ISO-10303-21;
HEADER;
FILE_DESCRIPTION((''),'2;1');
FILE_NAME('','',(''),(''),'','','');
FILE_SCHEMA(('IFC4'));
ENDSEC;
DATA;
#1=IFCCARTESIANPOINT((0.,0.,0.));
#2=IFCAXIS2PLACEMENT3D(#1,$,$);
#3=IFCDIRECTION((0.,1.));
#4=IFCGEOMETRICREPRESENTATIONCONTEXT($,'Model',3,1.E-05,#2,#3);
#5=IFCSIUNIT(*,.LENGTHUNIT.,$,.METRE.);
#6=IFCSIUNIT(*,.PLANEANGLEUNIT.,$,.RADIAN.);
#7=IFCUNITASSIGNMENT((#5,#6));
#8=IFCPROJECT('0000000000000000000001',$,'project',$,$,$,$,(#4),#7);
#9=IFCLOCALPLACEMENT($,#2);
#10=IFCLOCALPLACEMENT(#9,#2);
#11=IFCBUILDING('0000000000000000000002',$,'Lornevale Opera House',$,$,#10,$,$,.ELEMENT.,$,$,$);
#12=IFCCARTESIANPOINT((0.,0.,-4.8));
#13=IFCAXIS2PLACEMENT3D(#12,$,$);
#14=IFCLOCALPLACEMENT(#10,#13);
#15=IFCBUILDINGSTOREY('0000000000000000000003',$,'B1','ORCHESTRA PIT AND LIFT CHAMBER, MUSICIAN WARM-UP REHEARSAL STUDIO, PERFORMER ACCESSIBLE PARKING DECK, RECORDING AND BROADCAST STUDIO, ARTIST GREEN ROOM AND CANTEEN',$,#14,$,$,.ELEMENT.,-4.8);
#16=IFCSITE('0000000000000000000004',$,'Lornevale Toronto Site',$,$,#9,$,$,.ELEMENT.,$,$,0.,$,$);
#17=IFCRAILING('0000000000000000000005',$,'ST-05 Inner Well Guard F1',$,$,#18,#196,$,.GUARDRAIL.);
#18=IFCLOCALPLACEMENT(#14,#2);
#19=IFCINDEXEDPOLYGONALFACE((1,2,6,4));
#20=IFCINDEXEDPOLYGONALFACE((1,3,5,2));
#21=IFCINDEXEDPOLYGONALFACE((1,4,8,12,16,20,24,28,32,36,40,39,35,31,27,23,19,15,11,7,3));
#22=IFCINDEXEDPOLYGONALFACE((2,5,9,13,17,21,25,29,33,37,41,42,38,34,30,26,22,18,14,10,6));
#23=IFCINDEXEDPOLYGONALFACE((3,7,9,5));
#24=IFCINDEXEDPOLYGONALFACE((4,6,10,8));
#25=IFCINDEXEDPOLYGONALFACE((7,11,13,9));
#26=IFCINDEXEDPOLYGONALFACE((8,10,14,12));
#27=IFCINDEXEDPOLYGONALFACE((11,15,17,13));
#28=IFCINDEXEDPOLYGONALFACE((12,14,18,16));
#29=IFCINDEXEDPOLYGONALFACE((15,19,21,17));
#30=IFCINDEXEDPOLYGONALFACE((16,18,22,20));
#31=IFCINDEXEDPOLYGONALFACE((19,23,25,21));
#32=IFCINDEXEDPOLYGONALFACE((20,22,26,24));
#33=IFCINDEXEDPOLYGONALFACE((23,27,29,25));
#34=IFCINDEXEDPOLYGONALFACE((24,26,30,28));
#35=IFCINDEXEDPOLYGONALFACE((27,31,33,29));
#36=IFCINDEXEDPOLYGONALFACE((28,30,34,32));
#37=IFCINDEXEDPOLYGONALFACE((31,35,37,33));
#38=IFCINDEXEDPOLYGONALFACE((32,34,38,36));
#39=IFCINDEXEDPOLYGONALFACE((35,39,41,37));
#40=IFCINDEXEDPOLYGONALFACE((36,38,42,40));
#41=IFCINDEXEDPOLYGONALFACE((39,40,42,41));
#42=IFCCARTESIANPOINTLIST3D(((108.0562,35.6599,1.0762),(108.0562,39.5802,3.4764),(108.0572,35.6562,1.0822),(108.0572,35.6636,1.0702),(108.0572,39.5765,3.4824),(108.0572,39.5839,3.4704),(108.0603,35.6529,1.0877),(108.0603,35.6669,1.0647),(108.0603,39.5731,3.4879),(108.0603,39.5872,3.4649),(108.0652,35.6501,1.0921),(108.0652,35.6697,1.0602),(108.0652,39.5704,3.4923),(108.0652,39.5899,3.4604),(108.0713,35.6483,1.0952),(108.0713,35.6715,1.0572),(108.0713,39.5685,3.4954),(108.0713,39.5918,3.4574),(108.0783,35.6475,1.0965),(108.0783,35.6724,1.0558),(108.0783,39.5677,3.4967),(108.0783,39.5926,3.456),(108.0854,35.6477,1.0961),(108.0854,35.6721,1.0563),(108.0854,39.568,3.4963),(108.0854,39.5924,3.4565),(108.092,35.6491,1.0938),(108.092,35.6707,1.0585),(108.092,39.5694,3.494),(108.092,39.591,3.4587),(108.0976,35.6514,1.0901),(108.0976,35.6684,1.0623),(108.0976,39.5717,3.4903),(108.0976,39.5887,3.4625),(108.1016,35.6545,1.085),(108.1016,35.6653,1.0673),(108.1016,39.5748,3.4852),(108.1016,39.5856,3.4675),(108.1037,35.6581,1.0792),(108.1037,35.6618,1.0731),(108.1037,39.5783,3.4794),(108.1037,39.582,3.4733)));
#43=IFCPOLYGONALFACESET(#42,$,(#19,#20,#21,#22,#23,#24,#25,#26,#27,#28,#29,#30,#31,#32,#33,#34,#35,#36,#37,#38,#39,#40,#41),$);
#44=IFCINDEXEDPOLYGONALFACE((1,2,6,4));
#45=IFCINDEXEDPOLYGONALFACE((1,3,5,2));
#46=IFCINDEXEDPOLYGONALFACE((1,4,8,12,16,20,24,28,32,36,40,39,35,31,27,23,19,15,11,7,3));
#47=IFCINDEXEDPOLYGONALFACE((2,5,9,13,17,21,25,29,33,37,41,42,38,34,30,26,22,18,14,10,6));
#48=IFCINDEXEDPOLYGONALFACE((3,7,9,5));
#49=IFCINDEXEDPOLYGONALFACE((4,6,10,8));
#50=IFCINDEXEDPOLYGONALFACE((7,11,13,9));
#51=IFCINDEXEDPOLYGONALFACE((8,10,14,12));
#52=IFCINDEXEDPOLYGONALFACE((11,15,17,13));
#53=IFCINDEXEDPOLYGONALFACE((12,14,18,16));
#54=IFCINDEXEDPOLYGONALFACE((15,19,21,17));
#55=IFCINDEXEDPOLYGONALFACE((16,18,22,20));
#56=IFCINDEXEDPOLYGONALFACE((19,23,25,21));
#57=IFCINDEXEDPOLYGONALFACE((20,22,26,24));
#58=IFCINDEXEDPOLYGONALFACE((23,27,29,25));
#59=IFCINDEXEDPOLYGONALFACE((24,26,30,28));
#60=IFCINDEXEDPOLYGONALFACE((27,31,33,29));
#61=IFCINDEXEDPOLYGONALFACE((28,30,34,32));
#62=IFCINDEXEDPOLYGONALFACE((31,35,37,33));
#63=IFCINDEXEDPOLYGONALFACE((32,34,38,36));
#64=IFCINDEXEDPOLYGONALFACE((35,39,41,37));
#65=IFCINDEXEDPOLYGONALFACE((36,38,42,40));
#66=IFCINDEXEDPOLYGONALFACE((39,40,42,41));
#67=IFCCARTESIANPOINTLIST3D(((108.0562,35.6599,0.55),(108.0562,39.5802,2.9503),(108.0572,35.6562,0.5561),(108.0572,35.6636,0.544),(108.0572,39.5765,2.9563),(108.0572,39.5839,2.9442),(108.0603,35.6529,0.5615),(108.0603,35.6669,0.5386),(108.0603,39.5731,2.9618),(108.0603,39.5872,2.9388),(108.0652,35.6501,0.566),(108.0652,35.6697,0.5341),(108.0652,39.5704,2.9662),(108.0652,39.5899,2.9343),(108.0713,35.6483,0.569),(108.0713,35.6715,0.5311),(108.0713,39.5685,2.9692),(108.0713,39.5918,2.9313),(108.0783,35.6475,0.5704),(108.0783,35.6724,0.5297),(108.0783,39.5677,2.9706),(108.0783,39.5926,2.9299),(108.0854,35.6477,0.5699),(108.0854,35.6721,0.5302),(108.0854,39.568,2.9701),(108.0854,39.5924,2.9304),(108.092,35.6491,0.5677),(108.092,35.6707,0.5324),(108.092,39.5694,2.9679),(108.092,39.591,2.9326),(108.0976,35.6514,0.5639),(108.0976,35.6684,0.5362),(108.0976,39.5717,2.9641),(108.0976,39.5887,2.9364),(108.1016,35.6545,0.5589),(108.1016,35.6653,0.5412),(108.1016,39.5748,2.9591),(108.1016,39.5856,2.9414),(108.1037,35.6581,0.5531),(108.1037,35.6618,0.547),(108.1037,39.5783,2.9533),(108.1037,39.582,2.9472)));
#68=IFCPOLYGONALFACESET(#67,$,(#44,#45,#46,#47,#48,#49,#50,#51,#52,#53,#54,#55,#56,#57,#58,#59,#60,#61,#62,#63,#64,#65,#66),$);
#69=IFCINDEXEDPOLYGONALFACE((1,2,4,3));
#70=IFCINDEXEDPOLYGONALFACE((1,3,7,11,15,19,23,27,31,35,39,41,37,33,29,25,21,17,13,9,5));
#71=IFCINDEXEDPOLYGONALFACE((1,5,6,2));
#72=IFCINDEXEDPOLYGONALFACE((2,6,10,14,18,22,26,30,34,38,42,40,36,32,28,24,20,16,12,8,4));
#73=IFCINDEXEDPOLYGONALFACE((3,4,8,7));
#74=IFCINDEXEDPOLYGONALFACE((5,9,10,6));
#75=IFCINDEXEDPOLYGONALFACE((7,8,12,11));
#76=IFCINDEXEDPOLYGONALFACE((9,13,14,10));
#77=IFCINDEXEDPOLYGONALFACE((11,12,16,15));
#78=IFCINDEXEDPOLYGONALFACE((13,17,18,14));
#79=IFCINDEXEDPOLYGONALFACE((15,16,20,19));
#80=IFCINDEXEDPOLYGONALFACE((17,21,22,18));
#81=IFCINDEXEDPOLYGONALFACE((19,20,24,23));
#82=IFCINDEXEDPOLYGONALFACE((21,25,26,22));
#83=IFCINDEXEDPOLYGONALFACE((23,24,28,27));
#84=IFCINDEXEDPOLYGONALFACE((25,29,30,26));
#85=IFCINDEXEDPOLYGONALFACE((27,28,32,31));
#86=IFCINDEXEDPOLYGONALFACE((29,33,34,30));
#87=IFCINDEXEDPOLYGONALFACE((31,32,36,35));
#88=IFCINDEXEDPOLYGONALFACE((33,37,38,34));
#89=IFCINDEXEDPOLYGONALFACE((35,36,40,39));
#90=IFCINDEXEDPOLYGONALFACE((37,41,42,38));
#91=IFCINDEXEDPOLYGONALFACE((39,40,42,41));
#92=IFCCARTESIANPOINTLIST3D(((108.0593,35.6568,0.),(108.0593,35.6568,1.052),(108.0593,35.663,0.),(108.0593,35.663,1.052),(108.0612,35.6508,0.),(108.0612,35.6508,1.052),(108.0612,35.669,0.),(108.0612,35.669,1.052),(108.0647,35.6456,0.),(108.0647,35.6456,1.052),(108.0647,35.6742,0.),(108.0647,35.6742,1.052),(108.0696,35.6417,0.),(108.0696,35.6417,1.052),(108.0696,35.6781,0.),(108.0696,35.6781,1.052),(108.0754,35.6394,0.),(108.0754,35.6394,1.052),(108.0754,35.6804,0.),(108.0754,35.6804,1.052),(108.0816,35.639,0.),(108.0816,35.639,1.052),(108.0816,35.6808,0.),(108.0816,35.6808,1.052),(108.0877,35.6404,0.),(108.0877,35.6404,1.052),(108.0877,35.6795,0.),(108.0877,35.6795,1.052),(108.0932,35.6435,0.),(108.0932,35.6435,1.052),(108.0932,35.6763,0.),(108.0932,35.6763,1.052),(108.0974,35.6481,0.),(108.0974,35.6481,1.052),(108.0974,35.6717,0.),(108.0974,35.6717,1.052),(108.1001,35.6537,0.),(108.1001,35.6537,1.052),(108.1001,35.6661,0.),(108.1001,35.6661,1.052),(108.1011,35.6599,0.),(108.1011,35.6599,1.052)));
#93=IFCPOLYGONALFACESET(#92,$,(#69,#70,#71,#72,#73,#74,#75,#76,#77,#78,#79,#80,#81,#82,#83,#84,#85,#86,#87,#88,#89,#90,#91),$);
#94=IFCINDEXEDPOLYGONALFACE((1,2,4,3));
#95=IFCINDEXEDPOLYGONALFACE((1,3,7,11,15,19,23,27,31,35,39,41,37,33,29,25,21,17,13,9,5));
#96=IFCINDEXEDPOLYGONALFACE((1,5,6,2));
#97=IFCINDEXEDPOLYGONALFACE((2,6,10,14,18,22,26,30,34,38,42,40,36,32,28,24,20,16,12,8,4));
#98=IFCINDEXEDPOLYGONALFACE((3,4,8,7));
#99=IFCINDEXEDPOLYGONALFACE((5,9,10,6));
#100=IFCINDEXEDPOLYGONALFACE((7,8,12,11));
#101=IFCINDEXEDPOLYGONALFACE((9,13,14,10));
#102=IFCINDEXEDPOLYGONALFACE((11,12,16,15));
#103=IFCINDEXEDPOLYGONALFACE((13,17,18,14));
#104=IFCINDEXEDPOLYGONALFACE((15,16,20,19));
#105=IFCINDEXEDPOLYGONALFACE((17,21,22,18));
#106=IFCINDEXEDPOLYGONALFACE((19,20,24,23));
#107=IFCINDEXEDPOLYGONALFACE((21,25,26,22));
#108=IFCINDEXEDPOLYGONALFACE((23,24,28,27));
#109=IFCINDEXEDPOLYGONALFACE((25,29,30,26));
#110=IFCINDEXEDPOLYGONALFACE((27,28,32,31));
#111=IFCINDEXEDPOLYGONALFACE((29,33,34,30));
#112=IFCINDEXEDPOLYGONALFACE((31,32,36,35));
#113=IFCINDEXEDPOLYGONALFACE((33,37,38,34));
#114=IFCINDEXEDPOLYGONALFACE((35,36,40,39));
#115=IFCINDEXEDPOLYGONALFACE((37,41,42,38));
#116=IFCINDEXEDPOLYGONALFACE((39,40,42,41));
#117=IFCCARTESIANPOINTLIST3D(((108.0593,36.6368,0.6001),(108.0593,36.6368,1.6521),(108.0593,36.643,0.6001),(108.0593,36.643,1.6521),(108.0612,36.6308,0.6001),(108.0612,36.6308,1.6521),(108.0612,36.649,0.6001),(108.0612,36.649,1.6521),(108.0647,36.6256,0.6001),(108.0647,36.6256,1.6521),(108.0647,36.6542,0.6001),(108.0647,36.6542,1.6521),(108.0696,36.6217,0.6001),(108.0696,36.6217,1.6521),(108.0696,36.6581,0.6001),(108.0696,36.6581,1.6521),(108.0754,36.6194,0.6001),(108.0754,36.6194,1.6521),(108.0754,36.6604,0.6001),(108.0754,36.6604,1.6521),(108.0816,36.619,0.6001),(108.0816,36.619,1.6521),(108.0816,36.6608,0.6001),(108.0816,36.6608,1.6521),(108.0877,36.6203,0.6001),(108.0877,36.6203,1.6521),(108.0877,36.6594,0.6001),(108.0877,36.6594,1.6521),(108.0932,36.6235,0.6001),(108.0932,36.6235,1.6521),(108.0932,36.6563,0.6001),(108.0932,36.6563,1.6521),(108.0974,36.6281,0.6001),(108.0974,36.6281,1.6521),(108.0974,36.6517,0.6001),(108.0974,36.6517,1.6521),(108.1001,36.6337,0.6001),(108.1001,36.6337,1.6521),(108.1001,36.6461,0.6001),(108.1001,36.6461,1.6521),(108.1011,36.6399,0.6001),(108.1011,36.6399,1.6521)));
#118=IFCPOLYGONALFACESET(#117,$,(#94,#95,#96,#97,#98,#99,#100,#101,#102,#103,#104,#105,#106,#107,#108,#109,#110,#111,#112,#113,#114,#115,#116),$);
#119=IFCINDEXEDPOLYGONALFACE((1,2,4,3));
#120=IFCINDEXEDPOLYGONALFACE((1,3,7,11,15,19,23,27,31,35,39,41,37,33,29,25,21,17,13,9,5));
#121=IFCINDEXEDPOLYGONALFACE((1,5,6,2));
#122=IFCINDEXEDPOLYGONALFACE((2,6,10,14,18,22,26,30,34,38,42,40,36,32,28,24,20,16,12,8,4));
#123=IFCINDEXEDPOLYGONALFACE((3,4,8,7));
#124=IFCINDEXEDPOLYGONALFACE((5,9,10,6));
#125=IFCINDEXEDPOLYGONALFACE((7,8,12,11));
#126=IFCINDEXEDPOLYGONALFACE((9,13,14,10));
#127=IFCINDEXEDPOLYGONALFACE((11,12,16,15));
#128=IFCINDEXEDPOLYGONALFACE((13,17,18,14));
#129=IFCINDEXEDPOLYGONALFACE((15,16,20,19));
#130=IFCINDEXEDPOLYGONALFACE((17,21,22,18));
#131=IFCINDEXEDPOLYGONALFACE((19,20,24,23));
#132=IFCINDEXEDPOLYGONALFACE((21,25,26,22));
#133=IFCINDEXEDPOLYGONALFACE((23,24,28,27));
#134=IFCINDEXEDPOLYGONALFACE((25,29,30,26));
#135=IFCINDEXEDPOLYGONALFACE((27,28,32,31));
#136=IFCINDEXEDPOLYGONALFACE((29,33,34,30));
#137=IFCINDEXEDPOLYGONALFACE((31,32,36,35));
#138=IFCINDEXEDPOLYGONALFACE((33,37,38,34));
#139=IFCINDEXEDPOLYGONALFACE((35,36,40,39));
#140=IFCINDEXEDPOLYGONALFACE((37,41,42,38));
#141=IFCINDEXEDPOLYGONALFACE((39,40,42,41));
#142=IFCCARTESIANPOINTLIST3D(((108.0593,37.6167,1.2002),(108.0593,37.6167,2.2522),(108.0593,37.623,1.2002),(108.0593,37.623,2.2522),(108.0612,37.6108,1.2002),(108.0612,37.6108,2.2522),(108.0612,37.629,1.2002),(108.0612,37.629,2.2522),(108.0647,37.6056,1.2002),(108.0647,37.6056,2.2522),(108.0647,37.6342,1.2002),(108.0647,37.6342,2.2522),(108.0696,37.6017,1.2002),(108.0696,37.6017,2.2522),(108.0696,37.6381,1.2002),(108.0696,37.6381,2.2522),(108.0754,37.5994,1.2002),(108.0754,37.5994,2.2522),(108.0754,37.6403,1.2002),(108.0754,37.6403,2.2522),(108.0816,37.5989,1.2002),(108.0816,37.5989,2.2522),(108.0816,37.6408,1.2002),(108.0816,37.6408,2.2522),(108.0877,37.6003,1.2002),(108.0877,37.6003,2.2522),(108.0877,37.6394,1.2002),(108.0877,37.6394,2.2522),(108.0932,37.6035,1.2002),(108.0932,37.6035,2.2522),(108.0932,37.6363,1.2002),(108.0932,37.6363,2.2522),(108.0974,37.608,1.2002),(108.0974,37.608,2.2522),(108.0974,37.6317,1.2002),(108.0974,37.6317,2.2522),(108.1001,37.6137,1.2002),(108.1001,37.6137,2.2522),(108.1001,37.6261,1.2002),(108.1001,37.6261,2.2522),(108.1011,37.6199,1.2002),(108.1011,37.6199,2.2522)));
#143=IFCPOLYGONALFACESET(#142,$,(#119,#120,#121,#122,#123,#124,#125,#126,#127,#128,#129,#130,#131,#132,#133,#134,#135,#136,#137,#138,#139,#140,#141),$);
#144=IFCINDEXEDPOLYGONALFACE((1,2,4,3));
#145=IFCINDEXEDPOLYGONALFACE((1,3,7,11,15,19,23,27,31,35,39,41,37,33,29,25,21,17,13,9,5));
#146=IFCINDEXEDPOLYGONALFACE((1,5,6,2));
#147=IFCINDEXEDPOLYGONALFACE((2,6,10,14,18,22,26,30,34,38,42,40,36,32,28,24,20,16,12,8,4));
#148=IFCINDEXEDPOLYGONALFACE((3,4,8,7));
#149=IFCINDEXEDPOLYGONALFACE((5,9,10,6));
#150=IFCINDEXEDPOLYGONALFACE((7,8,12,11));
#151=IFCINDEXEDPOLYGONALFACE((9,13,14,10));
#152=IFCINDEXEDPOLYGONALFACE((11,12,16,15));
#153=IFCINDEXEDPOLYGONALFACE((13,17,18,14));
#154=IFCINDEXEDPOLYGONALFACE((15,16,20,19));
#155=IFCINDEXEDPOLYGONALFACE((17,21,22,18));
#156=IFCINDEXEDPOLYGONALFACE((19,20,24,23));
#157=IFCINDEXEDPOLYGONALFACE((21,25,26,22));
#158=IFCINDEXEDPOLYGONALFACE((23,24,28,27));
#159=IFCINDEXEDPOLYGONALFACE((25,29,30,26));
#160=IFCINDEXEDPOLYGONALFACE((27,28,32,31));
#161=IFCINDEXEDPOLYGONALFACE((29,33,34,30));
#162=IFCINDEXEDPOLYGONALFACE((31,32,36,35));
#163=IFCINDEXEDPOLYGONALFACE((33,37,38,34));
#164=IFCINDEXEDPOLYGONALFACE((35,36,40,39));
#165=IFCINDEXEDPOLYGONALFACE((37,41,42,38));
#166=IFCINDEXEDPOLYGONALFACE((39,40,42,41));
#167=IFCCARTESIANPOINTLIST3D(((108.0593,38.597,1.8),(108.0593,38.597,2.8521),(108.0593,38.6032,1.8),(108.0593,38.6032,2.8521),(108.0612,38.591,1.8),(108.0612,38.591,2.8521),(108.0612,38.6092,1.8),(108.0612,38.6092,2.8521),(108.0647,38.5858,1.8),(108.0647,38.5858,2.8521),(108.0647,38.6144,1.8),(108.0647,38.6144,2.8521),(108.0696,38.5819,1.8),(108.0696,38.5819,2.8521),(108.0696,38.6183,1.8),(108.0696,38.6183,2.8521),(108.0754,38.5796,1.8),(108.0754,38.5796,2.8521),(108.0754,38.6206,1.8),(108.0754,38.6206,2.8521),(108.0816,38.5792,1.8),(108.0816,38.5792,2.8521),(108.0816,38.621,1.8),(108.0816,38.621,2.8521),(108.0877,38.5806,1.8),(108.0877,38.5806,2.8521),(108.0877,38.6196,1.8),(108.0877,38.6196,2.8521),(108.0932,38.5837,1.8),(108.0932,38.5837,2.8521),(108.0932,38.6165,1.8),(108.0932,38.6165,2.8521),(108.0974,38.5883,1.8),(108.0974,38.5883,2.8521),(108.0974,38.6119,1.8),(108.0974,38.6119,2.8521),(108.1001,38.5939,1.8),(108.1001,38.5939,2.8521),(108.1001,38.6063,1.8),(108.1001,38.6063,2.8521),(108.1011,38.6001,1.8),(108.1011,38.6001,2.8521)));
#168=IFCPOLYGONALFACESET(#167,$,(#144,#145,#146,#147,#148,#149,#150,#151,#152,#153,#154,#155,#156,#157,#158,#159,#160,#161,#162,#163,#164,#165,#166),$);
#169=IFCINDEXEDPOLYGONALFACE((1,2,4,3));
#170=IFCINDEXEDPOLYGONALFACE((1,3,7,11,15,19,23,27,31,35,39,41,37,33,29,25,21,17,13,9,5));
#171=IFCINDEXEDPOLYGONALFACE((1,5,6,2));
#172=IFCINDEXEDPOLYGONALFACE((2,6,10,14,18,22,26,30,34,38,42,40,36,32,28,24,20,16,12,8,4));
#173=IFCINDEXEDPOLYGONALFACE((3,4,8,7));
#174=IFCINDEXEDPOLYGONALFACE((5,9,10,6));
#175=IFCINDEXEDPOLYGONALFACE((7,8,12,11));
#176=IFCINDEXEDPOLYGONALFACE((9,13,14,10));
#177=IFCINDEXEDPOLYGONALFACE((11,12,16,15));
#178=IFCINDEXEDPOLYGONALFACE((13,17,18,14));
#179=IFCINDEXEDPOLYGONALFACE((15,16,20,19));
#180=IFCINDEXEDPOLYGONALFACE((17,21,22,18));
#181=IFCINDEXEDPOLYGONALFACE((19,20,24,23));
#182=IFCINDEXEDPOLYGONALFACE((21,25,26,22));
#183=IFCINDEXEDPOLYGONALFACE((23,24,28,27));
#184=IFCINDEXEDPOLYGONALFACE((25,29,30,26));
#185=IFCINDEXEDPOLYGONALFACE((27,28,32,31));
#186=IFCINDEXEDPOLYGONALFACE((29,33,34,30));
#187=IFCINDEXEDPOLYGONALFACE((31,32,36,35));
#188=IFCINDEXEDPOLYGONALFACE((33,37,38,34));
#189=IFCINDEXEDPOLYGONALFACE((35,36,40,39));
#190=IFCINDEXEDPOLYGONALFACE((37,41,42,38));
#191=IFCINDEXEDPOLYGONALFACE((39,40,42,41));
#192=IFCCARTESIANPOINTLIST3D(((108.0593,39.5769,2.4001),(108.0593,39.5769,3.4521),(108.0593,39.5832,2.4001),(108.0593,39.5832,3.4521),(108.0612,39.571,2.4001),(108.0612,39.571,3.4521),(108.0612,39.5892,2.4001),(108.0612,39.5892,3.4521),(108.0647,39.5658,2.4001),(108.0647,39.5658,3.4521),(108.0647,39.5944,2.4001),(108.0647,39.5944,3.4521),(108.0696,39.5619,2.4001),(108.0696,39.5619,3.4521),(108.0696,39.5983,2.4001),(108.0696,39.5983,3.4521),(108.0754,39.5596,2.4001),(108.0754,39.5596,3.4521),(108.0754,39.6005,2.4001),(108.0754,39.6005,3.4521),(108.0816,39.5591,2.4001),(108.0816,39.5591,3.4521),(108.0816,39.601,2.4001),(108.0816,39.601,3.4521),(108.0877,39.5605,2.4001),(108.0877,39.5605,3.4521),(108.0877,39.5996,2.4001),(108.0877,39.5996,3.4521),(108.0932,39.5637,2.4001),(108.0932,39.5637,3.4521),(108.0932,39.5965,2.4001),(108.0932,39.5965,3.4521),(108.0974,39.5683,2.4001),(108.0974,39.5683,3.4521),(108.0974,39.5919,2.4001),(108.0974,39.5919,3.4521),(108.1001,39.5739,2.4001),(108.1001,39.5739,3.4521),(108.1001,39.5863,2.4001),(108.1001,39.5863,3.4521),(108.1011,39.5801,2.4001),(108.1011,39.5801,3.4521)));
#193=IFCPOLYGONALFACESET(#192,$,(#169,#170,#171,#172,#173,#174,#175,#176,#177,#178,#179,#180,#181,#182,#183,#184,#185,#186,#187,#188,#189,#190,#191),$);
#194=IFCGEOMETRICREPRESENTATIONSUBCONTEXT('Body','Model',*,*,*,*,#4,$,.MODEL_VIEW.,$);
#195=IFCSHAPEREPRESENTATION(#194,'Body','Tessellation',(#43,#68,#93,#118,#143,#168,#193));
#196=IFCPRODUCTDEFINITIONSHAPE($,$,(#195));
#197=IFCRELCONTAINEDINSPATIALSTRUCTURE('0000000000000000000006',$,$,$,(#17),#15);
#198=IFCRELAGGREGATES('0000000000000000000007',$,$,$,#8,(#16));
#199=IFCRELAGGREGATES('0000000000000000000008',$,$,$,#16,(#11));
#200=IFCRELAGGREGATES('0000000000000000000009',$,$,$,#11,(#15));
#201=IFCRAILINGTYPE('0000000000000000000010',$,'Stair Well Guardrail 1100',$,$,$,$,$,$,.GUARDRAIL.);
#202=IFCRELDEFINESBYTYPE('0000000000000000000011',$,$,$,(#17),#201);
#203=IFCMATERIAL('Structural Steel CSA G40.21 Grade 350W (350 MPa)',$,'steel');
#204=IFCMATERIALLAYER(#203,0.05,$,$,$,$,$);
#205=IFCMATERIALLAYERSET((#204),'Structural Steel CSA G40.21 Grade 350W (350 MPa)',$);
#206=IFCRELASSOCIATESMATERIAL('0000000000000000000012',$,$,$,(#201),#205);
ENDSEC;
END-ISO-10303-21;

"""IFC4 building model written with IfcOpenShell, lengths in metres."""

from ifc_helpers import new_model, si_unit, direction, frame, origin, origin_2d, place, context, subcontext, project, spatial, circle, extrude, material, layer, layer_set, type_object, element, save


model = new_model("IFC4")

# Units and contexts
model_context = context("Model", 3, precision=1e-05, world=origin(), true_north=direction((0.0, 1.0)))
body_context = subcontext(model_context, "Body", "Model", "MODEL_VIEW")
ifc_project = project(units=[si_unit("LENGTHUNIT", "METRE"), si_unit("PLANEANGLEUNIT", "RADIAN")], contexts=[model_context])

# Site, building, storey
site_placement = place(None, origin())
site = spatial("IfcSite", under=ifc_project, at=site_placement, Name="Lornevale Toronto Site", CompositionType="ELEMENT", RefElevation=0.0)
building_placement = place(site_placement, origin())
building = spatial("IfcBuilding", under=site, at=building_placement, Name="Lornevale Opera House", CompositionType="ELEMENT")
storey_placement = place(building_placement, frame((0.0, 0.0, -4.8)))
storey = spatial("IfcBuildingStorey", under=building, at=storey_placement, Name="B1", Description="ORCHESTRA PIT AND LIFT CHAMBER, MUSICIAN WARM-UP REHEARSAL STUDIO, PERFORMER ACCESSIBLE PARKING DECK, RECORDING AND BROADCAST STUDIO, ARTIST GREEN ROOM AND CANTEEN", CompositionType="ELEMENT", Elevation=-4.8)

# Railing
ifc_material_1 = material(Name="Structural Steel CSA G40.21 Grade 350W (350 MPa)", Category="steel")
ifc_layer_1 = layer(ifc_material_1, 0.05)
ifc_layer_set_1 = layer_set([ifc_layer_1], Name="Structural Steel CSA G40.21 Grade 350W (350 MPa)")
railing_type_1 = type_object("IfcRailingType", Name="Stair Well Guardrail 1100", PredefinedType="GUARDRAIL", material=ifc_layer_set_1)
railing_1_placement = place(storey_placement, frame((108.0801, 35.6599, 0.0)))
element("IfcRailing", 1, at=railing_1_placement, inside=storey, type_object=railing_type_1, Name="ST-05 Inner Well Guard F1", PredefinedType="GUARDRAIL", context=body_context, shape_type="SweptSolid", body=[
    extrude(circle(Radius=0.0239, at=origin_2d()), frame((0.0, 0.0, 1.0762), z_axis=(0.0, 0.852847, 0.522161), x_axis=(-1.0, 0.0, 0.0)), (0.0, 0.0, 1.0), 4.5967),
    extrude(circle(Radius=0.0239, at=origin_2d()), frame((0.0, 0.0, 0.55), z_axis=(0.0, 0.852847, 0.522161), x_axis=(-1.0, 0.0, 0.0)), (0.0, 0.0, 1.0), 4.5967),
    extrude(circle(Radius=0.021, at=origin_2d()), origin(), (0.0, 0.0, 1.0), 1.052),
    extrude(circle(Radius=0.021, at=origin_2d()), frame((0.0, 0.98, 0.6001)), (0.0, 0.0, 1.0), 1.052),
    extrude(circle(Radius=0.021, at=origin_2d()), frame((0.0, 1.96, 1.2002)), (0.0, 0.0, 1.0), 1.052),
    extrude(circle(Radius=0.021, at=origin_2d()), frame((0.0, 2.9402, 1.8)), (0.0, 0.0, 1.0), 1.052),
    extrude(circle(Radius=0.021, at=origin_2d()), frame((0.0, 3.9202, 2.4001)), (0.0, 0.0, 1.0), 1.052),
])

save(model, "model.ifc")
